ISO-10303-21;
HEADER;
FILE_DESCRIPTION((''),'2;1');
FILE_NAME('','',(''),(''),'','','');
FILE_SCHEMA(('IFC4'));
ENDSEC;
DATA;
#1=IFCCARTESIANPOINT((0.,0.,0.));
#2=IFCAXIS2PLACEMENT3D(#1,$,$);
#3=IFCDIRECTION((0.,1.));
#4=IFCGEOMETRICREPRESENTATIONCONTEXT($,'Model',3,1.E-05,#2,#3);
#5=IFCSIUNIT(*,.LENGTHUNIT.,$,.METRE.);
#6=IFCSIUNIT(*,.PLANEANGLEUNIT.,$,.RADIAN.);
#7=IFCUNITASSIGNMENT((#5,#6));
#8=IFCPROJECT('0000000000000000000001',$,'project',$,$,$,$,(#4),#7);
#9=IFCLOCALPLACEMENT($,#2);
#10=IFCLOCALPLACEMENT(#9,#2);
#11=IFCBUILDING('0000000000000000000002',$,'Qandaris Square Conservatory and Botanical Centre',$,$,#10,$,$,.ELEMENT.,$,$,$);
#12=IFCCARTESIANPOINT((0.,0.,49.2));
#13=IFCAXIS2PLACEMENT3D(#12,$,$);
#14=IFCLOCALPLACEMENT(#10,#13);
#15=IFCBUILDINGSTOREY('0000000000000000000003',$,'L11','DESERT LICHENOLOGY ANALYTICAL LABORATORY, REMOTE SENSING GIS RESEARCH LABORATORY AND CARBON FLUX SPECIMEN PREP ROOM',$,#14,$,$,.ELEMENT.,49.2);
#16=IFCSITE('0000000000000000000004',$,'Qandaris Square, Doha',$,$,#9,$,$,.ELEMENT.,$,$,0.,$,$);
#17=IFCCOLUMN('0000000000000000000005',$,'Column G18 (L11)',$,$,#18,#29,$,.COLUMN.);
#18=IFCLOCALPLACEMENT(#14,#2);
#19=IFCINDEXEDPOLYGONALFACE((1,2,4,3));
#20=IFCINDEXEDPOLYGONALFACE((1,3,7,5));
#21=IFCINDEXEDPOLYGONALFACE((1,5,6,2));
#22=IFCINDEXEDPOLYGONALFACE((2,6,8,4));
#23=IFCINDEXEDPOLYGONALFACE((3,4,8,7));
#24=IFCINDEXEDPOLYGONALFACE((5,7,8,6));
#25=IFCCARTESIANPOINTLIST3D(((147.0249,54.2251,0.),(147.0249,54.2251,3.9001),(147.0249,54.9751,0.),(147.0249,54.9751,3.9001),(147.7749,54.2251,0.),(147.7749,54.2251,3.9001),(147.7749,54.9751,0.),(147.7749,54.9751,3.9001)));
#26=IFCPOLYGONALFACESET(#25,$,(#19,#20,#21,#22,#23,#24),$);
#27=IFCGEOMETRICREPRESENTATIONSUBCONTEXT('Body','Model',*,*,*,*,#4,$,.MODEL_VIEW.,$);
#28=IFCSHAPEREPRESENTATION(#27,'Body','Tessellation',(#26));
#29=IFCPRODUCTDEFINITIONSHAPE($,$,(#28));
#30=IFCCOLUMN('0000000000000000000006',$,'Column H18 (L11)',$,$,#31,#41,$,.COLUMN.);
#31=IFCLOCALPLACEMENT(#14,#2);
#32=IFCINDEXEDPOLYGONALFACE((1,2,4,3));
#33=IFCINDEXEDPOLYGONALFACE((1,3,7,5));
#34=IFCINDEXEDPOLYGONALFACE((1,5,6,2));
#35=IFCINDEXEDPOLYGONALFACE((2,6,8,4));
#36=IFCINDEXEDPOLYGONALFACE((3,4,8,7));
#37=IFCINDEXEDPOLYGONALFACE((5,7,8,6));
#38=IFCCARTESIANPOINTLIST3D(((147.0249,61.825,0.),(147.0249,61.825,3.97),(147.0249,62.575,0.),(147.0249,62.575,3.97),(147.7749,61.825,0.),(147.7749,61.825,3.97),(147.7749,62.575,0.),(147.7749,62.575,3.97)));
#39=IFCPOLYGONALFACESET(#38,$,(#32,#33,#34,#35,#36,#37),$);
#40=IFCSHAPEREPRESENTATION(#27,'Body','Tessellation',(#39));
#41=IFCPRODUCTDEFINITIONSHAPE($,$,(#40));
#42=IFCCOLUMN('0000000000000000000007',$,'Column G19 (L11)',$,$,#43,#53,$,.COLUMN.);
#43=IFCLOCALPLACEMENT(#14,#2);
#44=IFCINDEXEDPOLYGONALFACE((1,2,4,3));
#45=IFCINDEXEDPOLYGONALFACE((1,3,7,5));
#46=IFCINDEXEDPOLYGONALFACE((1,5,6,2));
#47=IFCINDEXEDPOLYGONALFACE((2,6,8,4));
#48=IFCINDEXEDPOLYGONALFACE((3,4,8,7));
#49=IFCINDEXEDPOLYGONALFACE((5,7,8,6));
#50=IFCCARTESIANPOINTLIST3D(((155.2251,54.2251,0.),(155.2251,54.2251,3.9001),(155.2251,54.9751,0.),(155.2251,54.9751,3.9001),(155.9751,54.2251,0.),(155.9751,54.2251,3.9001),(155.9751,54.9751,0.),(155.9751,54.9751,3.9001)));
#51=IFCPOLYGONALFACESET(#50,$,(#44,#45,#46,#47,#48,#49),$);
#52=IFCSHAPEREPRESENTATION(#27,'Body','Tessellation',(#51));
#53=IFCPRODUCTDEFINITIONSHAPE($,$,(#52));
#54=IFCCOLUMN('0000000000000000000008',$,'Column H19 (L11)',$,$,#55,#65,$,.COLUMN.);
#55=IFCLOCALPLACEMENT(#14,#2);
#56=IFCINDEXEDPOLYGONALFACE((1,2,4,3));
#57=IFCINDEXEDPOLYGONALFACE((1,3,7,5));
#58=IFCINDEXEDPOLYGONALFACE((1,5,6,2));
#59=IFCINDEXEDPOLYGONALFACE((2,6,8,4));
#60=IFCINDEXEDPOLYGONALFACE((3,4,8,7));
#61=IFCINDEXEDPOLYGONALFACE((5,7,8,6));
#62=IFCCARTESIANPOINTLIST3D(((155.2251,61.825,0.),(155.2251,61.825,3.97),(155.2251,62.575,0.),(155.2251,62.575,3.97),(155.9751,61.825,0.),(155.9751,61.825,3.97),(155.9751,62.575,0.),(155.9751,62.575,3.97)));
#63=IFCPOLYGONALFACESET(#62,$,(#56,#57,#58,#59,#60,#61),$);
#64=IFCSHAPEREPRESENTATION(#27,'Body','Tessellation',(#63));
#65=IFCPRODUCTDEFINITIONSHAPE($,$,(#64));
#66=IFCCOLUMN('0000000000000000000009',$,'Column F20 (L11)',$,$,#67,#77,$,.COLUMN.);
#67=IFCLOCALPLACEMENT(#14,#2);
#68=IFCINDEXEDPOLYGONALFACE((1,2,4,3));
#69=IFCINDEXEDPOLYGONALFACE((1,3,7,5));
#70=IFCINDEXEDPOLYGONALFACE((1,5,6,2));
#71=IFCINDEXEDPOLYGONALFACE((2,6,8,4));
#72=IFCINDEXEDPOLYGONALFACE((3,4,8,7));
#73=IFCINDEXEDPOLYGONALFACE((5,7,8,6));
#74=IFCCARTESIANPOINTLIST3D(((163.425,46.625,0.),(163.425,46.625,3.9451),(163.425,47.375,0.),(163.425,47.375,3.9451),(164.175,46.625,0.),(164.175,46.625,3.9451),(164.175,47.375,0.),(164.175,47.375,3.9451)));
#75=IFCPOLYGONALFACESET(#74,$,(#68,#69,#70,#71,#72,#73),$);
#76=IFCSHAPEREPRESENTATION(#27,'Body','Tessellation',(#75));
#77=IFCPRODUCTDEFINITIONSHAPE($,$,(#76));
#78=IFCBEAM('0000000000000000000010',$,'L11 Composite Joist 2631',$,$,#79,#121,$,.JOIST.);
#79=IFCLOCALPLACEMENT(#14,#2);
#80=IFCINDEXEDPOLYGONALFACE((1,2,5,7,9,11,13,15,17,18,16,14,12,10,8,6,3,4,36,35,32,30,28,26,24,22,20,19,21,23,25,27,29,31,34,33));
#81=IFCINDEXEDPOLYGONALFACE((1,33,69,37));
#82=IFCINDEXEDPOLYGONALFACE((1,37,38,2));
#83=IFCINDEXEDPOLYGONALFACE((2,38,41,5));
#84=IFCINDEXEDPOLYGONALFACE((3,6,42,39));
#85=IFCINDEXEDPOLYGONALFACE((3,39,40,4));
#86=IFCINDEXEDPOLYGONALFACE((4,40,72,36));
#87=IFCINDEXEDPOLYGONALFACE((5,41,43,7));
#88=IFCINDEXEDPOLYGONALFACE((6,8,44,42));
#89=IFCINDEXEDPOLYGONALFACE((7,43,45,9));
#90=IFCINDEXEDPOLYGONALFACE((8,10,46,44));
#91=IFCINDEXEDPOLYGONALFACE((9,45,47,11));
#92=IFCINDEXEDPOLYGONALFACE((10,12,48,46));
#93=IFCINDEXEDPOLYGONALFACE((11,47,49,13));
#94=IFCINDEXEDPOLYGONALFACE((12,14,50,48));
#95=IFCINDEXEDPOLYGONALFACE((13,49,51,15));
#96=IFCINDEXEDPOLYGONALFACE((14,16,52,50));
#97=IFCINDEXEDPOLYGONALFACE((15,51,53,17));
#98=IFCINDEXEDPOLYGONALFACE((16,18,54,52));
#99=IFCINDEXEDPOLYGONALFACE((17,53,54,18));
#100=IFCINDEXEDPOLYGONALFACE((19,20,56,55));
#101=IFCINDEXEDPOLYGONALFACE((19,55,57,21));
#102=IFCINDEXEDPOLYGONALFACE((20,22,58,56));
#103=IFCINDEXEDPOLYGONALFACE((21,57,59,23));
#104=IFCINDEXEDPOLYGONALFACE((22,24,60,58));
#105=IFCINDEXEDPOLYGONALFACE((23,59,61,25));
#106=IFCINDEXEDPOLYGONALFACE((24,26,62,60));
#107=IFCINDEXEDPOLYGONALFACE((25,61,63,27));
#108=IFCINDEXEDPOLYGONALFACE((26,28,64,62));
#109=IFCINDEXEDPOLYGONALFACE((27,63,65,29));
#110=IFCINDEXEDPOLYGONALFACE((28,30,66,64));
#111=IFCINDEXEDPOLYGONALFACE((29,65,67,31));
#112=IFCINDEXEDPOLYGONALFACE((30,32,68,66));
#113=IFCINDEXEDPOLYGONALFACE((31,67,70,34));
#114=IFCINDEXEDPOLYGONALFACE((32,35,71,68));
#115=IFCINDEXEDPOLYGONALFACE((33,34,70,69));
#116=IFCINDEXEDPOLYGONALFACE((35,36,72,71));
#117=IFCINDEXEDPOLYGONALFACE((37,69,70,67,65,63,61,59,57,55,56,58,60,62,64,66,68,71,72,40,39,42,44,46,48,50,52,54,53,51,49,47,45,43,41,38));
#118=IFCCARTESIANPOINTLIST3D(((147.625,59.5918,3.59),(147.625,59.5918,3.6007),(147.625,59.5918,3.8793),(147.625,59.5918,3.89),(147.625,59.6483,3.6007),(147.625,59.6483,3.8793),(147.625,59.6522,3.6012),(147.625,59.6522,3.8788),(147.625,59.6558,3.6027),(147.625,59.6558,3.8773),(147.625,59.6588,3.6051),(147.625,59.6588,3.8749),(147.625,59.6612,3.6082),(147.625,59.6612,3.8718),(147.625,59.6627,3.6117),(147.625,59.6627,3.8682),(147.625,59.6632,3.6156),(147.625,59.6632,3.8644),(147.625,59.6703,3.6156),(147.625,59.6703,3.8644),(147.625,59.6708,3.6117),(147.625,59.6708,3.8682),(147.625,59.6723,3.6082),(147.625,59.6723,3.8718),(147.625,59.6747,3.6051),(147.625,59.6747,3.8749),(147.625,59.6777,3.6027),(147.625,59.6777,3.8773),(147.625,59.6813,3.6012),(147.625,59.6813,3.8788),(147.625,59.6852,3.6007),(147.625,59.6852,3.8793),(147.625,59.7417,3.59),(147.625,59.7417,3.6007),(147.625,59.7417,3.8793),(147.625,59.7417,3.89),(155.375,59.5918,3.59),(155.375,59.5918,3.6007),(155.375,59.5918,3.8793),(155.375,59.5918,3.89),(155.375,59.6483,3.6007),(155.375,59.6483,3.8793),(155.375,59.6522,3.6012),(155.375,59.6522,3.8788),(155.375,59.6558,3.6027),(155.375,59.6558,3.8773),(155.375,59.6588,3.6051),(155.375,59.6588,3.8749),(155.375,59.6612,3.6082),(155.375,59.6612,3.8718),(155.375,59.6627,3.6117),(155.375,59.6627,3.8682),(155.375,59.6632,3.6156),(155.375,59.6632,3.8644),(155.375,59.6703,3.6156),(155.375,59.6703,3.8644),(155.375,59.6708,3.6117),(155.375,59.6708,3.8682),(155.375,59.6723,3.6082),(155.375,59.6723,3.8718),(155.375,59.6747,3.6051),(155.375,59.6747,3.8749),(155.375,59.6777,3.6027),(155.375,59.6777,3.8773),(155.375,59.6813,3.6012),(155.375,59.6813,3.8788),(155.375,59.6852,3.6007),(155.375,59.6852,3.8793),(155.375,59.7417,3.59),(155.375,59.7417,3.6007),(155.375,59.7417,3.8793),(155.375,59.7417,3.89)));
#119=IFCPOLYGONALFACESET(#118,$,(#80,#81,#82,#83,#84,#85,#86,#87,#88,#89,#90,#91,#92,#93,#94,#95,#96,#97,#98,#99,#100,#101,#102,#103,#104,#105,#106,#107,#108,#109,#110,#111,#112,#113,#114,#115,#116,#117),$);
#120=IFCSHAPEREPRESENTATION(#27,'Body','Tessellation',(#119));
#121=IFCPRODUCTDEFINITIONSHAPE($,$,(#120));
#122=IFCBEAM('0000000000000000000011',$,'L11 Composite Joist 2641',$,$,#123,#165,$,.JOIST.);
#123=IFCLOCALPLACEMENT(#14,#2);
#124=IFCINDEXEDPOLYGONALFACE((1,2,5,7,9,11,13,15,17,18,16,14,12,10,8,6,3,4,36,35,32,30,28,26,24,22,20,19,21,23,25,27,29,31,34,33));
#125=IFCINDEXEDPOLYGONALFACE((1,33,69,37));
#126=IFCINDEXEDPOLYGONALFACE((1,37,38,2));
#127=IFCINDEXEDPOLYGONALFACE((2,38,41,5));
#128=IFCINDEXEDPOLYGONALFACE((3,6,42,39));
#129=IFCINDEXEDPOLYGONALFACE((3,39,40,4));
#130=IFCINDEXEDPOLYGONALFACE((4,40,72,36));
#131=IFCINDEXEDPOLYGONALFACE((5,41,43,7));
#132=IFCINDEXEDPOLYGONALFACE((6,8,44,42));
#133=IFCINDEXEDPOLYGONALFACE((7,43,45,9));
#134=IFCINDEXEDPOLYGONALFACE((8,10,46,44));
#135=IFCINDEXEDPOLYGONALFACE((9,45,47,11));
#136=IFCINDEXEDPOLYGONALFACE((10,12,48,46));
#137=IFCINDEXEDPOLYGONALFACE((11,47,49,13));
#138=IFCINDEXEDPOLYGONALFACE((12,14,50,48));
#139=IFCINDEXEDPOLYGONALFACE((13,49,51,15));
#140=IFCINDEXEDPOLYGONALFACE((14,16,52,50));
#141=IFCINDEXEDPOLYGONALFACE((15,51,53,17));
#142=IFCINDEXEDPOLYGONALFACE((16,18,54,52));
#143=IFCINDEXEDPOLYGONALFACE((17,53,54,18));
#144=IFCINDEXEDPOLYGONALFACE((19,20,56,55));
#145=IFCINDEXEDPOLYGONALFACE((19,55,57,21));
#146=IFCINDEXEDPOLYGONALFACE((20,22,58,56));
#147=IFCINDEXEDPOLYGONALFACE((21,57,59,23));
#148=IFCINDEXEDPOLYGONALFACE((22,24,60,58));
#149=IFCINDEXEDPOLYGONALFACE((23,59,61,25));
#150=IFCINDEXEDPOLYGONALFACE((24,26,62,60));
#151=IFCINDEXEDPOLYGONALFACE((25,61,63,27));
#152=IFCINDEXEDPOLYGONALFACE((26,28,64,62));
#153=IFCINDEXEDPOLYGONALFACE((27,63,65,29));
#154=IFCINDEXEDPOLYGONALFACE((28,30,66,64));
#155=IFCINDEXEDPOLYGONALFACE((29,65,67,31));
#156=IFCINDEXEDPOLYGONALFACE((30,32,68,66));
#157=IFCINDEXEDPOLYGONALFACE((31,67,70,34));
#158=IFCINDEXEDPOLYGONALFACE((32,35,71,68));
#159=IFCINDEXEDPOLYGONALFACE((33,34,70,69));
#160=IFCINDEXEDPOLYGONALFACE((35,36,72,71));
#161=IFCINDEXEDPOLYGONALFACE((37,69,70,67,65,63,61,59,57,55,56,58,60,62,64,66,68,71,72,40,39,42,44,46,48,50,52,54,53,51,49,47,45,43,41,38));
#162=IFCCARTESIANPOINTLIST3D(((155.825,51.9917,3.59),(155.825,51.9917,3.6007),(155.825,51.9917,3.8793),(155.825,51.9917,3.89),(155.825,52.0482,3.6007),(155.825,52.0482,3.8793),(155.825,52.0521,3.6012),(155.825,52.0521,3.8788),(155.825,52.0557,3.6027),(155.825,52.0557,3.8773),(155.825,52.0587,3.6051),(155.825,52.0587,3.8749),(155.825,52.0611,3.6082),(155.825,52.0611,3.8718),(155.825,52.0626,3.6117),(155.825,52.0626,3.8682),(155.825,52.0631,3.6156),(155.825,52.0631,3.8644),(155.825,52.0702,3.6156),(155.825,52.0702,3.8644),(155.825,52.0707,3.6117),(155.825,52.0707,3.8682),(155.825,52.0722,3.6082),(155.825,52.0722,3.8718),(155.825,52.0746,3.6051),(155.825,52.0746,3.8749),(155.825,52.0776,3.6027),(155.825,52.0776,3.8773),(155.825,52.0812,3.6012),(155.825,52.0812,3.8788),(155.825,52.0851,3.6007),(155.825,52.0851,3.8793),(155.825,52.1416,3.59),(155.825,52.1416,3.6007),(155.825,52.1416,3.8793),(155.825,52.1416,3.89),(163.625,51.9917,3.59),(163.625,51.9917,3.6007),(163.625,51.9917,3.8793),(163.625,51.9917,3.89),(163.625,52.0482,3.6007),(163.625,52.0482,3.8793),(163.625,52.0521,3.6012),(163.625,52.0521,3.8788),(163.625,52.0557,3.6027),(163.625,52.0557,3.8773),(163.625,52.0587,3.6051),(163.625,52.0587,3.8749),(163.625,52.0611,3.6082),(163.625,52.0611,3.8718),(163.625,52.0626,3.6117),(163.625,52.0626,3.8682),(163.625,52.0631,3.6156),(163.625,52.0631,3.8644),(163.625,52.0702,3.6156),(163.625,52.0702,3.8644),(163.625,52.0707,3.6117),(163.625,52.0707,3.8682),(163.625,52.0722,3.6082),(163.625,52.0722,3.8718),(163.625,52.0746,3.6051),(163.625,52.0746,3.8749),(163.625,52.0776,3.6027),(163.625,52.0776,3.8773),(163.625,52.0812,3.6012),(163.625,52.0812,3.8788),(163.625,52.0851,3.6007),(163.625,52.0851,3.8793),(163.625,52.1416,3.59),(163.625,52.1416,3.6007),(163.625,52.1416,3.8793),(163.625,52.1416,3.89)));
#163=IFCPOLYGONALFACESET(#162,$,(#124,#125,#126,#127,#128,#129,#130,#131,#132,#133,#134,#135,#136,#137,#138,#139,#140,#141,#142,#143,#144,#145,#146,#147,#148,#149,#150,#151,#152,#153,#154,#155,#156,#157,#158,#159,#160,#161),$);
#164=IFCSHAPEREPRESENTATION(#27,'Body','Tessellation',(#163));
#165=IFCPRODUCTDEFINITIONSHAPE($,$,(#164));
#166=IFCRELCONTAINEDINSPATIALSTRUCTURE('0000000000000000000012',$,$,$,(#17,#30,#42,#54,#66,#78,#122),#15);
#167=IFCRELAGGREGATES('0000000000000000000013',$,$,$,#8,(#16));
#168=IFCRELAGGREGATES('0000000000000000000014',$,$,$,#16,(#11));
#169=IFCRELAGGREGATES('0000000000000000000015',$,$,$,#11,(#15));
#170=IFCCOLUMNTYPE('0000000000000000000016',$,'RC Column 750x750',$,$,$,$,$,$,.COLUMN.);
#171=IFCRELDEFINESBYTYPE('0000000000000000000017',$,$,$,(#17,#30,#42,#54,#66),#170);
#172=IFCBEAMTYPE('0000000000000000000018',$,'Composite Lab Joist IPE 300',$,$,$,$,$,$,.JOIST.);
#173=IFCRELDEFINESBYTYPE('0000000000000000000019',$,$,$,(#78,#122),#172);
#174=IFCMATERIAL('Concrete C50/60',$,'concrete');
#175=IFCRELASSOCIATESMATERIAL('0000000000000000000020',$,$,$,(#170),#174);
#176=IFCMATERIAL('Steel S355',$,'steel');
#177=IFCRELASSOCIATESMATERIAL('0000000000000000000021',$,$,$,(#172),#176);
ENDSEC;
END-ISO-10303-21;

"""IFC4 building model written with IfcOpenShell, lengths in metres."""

from ifc_helpers import new_model, si_unit, direction, frame, origin, origin_2d, place, context, subcontext, project, spatial, rectangle, i_section, extrude, material, material_profile, profile_set, type_object, element, save


model = new_model("IFC4")

# Units and contexts
model_context = context("Model", 3, precision=1e-05, world=origin(), true_north=direction((0.0, 1.0)))
body_context = subcontext(model_context, "Body", "Model", "MODEL_VIEW")
ifc_project = project(units=[si_unit("LENGTHUNIT", "METRE"), si_unit("PLANEANGLEUNIT", "RADIAN")], contexts=[model_context])

# Site, building, storey
site_placement = place(None, origin())
site = spatial("IfcSite", under=ifc_project, at=site_placement, Name="Qandaris Square, Doha", CompositionType="ELEMENT", RefElevation=0.0)
building_placement = place(site_placement, origin())
building = spatial("IfcBuilding", under=site, at=building_placement, Name="Qandaris Square Conservatory and Botanical Centre", CompositionType="ELEMENT")
storey_placement = place(building_placement, frame((0.0, 0.0, 49.2)))
storey = spatial("IfcBuildingStorey", under=building, at=storey_placement, Name="L11", Description="DESERT LICHENOLOGY ANALYTICAL LABORATORY, REMOTE SENSING GIS RESEARCH LABORATORY AND CARBON FLUX SPECIMEN PREP ROOM", CompositionType="ELEMENT", Elevation=49.2)

# Columns
ifc_material_1 = material(Name="Concrete C50/60", Category="concrete")
ifc_material_profile_1 = material_profile(ifc_material_1, rectangle(XDim=0.75, YDim=0.75, at=origin_2d()), Name="RC-COL 750x750")
ifc_profile_set_1 = profile_set([ifc_material_profile_1], Name="Concrete C50/60")
column_type = type_object("IfcColumnType", Name="RC Column 750x750", PredefinedType="COLUMN", material=ifc_profile_set_1)
column_1_placement = place(storey_placement, frame((147.3999, 54.6001, 0.0), z_axis=(0.0, 0.0, 1.0), x_axis=(1.0, 0.0, 0.0)))
element("IfcColumn", 1, at=column_1_placement, inside=storey, type_object=column_type, Name="Column G18 (L11)", PredefinedType="COLUMN", context=body_context, shape_type="SweptSolid", body=[
    extrude(rectangle(XDim=0.75, YDim=0.75, at=origin_2d()), origin(), (0.0, 0.0, 1.0), 3.9001),
])
column_2_placement = place(storey_placement, frame((147.3999, 62.2, 0.0), z_axis=(0.0, 0.0, 1.0), x_axis=(1.0, 0.0, 0.0)))
element("IfcColumn", 2, at=column_2_placement, inside=storey, type_object=column_type, Name="Column H18 (L11)", PredefinedType="COLUMN", context=body_context, shape_type="SweptSolid", body=[
    extrude(rectangle(XDim=0.75, YDim=0.75, at=origin_2d()), origin(), (0.0, 0.0, 1.0), 3.97),
])
column_3_placement = place(storey_placement, frame((155.6001, 54.6001, 0.0), z_axis=(0.0, 0.0, 1.0), x_axis=(1.0, 0.0, 0.0)))
element("IfcColumn", 3, at=column_3_placement, inside=storey, type_object=column_type, Name="Column G19 (L11)", PredefinedType="COLUMN", context=body_context, shape_type="SweptSolid", body=[
    extrude(rectangle(XDim=0.75, YDim=0.75, at=origin_2d()), origin(), (0.0, 0.0, 1.0), 3.9001),
])
column_4_placement = place(storey_placement, frame((155.6001, 62.2, 0.0), z_axis=(0.0, 0.0, 1.0), x_axis=(1.0, 0.0, 0.0)))
element("IfcColumn", 4, at=column_4_placement, inside=storey, type_object=column_type, Name="Column H19 (L11)", PredefinedType="COLUMN", context=body_context, shape_type="SweptSolid", body=[
    extrude(rectangle(XDim=0.75, YDim=0.75, at=origin_2d()), origin(), (0.0, 0.0, 1.0), 3.97),
])
column_5_placement = place(storey_placement, frame((163.8, 47.0, 0.0), z_axis=(0.0, 0.0, 1.0), x_axis=(1.0, 0.0, 0.0)))
element("IfcColumn", 5, at=column_5_placement, inside=storey, type_object=column_type, Name="Column F20 (L11)", PredefinedType="COLUMN", context=body_context, shape_type="SweptSolid", body=[
    extrude(rectangle(XDim=0.75, YDim=0.75, at=origin_2d()), origin(), (0.0, 0.0, 1.0), 3.9451),
])

# Beams
ifc_material_2 = material(Name="Steel S355", Category="steel")
ifc_material_profile_2 = material_profile(ifc_material_2, i_section(OverallWidth=0.1499, OverallDepth=0.3, WebThickness=0.0071, FlangeThickness=0.0107, FilletRadius=0.0149, at=origin_2d()), Name="IPE 300")
ifc_profile_set_2 = profile_set([ifc_material_profile_2], Name="Steel S355")
beam_type_1 = type_object("IfcBeamType", Name="Composite Lab Joist IPE 300", PredefinedType="JOIST", material=ifc_profile_set_2)
beam_1_placement = place(storey_placement, frame((147.625, 59.6667, 3.74), z_axis=(1.0, 0.0, 0.0), x_axis=(0.0, 1.0, 0.0)))
element("IfcBeam", 6, at=beam_1_placement, inside=storey, type_object=beam_type_1, Name="L11 Composite Joist 2631", PredefinedType="JOIST", context=body_context, shape_type="SweptSolid", body=[
    extrude(i_section(OverallWidth=0.1499, OverallDepth=0.3, WebThickness=0.0071, FlangeThickness=0.0107, FilletRadius=0.0149, at=origin_2d()), origin(), (0.0, 0.0, 1.0), 7.75),
])
for number, where, z_axis, x_axis, name in (
    (7, (155.825, 52.0667, 3.74), (1.0, 0.0, 0.0), (0.0, 1.0, 0.0), "L11 Composite Joist 2641"),
):
    element("IfcBeam", number, at=place(storey_placement, frame(where, z_axis=z_axis, x_axis=x_axis)), inside=storey, type_object=beam_type_1, Name=name, PredefinedType="JOIST", context=body_context, shape_type="SweptSolid", body=[
        extrude(i_section(OverallWidth=0.1499, OverallDepth=0.3, WebThickness=0.0071, FlangeThickness=0.0107, FilletRadius=0.0149, at=origin_2d()), origin(), (0.0, 0.0, 1.0), 7.8),
    ])

save(model, "model.ifc")
